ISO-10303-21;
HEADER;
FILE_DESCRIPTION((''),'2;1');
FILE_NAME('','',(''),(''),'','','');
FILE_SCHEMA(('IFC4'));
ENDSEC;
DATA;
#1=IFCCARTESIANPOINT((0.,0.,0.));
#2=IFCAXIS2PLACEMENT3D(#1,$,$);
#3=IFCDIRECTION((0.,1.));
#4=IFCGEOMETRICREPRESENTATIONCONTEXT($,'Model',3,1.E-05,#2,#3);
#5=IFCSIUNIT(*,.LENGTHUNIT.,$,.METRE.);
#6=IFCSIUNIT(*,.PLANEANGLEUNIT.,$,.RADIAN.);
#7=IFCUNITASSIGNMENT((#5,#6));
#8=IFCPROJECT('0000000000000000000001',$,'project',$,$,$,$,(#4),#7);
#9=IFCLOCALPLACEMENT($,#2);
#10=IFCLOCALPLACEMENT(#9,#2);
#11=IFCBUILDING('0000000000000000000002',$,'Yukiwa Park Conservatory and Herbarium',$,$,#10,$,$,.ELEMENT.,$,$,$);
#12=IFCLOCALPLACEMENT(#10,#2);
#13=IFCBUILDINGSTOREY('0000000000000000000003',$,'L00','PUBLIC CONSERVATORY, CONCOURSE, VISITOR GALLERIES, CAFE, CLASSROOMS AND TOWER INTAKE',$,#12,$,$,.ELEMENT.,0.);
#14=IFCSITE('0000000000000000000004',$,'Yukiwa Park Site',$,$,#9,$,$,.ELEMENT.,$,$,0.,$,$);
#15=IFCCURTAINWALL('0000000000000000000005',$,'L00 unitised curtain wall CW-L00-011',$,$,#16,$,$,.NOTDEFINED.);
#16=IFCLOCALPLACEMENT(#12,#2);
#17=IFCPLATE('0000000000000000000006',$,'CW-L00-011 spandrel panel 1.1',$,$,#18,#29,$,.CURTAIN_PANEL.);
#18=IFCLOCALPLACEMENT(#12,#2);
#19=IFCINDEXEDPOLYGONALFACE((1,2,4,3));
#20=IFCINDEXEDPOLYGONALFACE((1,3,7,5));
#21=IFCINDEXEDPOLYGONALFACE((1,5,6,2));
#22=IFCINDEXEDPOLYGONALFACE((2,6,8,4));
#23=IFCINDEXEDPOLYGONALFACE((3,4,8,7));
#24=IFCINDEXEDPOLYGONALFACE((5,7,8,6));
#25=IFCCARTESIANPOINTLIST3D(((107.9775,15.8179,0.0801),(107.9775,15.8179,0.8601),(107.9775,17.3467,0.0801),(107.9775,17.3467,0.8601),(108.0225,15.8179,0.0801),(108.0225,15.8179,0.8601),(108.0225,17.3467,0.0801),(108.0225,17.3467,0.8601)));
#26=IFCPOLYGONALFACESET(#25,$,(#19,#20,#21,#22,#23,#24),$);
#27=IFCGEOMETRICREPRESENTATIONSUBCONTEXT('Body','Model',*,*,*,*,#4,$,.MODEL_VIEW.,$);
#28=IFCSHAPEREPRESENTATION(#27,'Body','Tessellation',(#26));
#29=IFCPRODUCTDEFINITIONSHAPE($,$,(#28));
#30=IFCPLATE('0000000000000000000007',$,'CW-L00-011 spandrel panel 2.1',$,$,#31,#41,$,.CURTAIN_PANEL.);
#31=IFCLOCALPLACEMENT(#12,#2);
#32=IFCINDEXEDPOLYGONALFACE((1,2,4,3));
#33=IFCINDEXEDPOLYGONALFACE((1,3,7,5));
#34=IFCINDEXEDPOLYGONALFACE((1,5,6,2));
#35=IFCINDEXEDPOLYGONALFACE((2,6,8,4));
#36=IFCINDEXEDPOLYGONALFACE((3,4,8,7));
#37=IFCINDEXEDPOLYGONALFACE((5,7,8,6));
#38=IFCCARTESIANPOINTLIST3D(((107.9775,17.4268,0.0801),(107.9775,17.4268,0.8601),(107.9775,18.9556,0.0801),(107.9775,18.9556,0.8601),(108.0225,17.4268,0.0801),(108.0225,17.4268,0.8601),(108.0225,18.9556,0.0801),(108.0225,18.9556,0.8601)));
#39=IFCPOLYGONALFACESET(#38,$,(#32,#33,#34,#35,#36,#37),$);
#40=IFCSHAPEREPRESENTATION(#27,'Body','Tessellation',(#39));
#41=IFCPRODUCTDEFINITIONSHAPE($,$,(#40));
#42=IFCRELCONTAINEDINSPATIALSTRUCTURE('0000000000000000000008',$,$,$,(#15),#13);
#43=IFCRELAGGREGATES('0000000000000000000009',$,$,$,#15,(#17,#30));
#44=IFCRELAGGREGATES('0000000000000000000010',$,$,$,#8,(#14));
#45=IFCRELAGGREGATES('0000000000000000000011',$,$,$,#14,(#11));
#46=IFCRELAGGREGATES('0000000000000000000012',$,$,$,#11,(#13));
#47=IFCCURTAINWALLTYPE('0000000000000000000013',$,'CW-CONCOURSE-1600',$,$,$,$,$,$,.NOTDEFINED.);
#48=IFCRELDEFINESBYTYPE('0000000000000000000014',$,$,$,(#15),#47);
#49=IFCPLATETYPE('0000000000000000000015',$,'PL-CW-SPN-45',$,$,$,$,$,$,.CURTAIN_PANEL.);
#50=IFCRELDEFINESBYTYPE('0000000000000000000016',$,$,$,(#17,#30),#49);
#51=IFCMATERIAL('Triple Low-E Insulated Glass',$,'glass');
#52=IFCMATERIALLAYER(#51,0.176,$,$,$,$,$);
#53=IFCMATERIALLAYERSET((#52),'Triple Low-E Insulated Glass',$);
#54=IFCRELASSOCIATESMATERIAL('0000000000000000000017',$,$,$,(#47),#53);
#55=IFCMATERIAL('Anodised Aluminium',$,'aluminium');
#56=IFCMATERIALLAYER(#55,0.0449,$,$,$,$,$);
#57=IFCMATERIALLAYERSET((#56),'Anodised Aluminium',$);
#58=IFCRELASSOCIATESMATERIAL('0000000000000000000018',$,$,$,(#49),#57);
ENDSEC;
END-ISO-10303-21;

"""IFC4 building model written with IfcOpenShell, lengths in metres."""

from ifc_helpers import new_model, si_unit, direction, frame, origin, origin_2d, place, context, subcontext, project, spatial, rectangle, extrude, material, layer, layer_set, type_object, element, aggregate, save


model = new_model("IFC4")

# Units and contexts
model_context = context("Model", 3, precision=1e-05, world=origin(), true_north=direction((0.0, 1.0)))
body_context = subcontext(model_context, "Body", "Model", "MODEL_VIEW")
ifc_project = project(units=[si_unit("LENGTHUNIT", "METRE"), si_unit("PLANEANGLEUNIT", "RADIAN")], contexts=[model_context])

# Site, building, storey
site_placement = place(None, origin())
site = spatial("IfcSite", under=ifc_project, at=site_placement, Name="Yukiwa Park Site", CompositionType="ELEMENT", RefElevation=0.0)
building_placement = place(site_placement, origin())
building = spatial("IfcBuilding", under=site, at=building_placement, Name="Yukiwa Park Conservatory and Herbarium", CompositionType="ELEMENT")
storey_placement = place(building_placement, origin())
storey = spatial("IfcBuildingStorey", under=building, at=storey_placement, Name="L00", Description="PUBLIC CONSERVATORY, CONCOURSE, VISITOR GALLERIES, CAFE, CLASSROOMS AND TOWER INTAKE", CompositionType="ELEMENT", Elevation=0.0)

# Curtain wall
ifc_material_1 = material(Name="Triple Low-E Insulated Glass", Category="glass")
ifc_layer_1 = layer(ifc_material_1, 0.176)
ifc_layer_set_1 = layer_set([ifc_layer_1], Name="Triple Low-E Insulated Glass")
curtain_wall_type = type_object("IfcCurtainWallType", Name="CW-CONCOURSE-1600", PredefinedType="NOTDEFINED", material=ifc_layer_set_1)
curtain_wall_1_placement = place(storey_placement, origin())
curtain_wall_1 = element("IfcCurtainWall", 1, at=curtain_wall_1_placement, inside=storey, type_object=curtain_wall_type, Name="L00 unitised curtain wall CW-L00-011", PredefinedType="NOTDEFINED")

# Plates
ifc_material_2 = material(Name="Anodised Aluminium", Category="aluminium")
ifc_layer_2 = layer(ifc_material_2, 0.0449)
ifc_layer_set_2 = layer_set([ifc_layer_2], Name="Anodised Aluminium")
plate_type_1 = type_object("IfcPlateType", Name="PL-CW-SPN-45", PredefinedType="CURTAIN_PANEL", material=ifc_layer_set_2)
plate_1_placement = place(storey_placement, frame((108.0, 16.5823, 0.0801), z_axis=(0.0, 0.0, 1.0), x_axis=(0.0, 1.0, 0.0)))
plate_1 = element("IfcPlate", 2, at=plate_1_placement, type_object=plate_type_1, Name="CW-L00-011 spandrel panel 1.1", PredefinedType="CURTAIN_PANEL", context=body_context, shape_type="SweptSolid", body=[
    extrude(rectangle(XDim=1.5288, YDim=0.0449, at=origin_2d()), origin(), (0.0, 0.0, 1.0), 0.78),
])
plate_2_placement = place(storey_placement, frame((108.0, 18.1912, 0.0801), z_axis=(0.0, 0.0, 1.0), x_axis=(0.0, 1.0, 0.0)))
plate_2 = element("IfcPlate", 3, at=plate_2_placement, type_object=plate_type_1, Name="CW-L00-011 spandrel panel 2.1", PredefinedType="CURTAIN_PANEL", context=body_context, shape_type="SweptSolid", body=[
    extrude(rectangle(XDim=1.5288, YDim=0.0449, at=origin_2d()), origin(), (0.0, 0.0, 1.0), 0.78),
])
aggregate(curtain_wall_1, [plate_1, plate_2])

save(model, "model.ifc")
